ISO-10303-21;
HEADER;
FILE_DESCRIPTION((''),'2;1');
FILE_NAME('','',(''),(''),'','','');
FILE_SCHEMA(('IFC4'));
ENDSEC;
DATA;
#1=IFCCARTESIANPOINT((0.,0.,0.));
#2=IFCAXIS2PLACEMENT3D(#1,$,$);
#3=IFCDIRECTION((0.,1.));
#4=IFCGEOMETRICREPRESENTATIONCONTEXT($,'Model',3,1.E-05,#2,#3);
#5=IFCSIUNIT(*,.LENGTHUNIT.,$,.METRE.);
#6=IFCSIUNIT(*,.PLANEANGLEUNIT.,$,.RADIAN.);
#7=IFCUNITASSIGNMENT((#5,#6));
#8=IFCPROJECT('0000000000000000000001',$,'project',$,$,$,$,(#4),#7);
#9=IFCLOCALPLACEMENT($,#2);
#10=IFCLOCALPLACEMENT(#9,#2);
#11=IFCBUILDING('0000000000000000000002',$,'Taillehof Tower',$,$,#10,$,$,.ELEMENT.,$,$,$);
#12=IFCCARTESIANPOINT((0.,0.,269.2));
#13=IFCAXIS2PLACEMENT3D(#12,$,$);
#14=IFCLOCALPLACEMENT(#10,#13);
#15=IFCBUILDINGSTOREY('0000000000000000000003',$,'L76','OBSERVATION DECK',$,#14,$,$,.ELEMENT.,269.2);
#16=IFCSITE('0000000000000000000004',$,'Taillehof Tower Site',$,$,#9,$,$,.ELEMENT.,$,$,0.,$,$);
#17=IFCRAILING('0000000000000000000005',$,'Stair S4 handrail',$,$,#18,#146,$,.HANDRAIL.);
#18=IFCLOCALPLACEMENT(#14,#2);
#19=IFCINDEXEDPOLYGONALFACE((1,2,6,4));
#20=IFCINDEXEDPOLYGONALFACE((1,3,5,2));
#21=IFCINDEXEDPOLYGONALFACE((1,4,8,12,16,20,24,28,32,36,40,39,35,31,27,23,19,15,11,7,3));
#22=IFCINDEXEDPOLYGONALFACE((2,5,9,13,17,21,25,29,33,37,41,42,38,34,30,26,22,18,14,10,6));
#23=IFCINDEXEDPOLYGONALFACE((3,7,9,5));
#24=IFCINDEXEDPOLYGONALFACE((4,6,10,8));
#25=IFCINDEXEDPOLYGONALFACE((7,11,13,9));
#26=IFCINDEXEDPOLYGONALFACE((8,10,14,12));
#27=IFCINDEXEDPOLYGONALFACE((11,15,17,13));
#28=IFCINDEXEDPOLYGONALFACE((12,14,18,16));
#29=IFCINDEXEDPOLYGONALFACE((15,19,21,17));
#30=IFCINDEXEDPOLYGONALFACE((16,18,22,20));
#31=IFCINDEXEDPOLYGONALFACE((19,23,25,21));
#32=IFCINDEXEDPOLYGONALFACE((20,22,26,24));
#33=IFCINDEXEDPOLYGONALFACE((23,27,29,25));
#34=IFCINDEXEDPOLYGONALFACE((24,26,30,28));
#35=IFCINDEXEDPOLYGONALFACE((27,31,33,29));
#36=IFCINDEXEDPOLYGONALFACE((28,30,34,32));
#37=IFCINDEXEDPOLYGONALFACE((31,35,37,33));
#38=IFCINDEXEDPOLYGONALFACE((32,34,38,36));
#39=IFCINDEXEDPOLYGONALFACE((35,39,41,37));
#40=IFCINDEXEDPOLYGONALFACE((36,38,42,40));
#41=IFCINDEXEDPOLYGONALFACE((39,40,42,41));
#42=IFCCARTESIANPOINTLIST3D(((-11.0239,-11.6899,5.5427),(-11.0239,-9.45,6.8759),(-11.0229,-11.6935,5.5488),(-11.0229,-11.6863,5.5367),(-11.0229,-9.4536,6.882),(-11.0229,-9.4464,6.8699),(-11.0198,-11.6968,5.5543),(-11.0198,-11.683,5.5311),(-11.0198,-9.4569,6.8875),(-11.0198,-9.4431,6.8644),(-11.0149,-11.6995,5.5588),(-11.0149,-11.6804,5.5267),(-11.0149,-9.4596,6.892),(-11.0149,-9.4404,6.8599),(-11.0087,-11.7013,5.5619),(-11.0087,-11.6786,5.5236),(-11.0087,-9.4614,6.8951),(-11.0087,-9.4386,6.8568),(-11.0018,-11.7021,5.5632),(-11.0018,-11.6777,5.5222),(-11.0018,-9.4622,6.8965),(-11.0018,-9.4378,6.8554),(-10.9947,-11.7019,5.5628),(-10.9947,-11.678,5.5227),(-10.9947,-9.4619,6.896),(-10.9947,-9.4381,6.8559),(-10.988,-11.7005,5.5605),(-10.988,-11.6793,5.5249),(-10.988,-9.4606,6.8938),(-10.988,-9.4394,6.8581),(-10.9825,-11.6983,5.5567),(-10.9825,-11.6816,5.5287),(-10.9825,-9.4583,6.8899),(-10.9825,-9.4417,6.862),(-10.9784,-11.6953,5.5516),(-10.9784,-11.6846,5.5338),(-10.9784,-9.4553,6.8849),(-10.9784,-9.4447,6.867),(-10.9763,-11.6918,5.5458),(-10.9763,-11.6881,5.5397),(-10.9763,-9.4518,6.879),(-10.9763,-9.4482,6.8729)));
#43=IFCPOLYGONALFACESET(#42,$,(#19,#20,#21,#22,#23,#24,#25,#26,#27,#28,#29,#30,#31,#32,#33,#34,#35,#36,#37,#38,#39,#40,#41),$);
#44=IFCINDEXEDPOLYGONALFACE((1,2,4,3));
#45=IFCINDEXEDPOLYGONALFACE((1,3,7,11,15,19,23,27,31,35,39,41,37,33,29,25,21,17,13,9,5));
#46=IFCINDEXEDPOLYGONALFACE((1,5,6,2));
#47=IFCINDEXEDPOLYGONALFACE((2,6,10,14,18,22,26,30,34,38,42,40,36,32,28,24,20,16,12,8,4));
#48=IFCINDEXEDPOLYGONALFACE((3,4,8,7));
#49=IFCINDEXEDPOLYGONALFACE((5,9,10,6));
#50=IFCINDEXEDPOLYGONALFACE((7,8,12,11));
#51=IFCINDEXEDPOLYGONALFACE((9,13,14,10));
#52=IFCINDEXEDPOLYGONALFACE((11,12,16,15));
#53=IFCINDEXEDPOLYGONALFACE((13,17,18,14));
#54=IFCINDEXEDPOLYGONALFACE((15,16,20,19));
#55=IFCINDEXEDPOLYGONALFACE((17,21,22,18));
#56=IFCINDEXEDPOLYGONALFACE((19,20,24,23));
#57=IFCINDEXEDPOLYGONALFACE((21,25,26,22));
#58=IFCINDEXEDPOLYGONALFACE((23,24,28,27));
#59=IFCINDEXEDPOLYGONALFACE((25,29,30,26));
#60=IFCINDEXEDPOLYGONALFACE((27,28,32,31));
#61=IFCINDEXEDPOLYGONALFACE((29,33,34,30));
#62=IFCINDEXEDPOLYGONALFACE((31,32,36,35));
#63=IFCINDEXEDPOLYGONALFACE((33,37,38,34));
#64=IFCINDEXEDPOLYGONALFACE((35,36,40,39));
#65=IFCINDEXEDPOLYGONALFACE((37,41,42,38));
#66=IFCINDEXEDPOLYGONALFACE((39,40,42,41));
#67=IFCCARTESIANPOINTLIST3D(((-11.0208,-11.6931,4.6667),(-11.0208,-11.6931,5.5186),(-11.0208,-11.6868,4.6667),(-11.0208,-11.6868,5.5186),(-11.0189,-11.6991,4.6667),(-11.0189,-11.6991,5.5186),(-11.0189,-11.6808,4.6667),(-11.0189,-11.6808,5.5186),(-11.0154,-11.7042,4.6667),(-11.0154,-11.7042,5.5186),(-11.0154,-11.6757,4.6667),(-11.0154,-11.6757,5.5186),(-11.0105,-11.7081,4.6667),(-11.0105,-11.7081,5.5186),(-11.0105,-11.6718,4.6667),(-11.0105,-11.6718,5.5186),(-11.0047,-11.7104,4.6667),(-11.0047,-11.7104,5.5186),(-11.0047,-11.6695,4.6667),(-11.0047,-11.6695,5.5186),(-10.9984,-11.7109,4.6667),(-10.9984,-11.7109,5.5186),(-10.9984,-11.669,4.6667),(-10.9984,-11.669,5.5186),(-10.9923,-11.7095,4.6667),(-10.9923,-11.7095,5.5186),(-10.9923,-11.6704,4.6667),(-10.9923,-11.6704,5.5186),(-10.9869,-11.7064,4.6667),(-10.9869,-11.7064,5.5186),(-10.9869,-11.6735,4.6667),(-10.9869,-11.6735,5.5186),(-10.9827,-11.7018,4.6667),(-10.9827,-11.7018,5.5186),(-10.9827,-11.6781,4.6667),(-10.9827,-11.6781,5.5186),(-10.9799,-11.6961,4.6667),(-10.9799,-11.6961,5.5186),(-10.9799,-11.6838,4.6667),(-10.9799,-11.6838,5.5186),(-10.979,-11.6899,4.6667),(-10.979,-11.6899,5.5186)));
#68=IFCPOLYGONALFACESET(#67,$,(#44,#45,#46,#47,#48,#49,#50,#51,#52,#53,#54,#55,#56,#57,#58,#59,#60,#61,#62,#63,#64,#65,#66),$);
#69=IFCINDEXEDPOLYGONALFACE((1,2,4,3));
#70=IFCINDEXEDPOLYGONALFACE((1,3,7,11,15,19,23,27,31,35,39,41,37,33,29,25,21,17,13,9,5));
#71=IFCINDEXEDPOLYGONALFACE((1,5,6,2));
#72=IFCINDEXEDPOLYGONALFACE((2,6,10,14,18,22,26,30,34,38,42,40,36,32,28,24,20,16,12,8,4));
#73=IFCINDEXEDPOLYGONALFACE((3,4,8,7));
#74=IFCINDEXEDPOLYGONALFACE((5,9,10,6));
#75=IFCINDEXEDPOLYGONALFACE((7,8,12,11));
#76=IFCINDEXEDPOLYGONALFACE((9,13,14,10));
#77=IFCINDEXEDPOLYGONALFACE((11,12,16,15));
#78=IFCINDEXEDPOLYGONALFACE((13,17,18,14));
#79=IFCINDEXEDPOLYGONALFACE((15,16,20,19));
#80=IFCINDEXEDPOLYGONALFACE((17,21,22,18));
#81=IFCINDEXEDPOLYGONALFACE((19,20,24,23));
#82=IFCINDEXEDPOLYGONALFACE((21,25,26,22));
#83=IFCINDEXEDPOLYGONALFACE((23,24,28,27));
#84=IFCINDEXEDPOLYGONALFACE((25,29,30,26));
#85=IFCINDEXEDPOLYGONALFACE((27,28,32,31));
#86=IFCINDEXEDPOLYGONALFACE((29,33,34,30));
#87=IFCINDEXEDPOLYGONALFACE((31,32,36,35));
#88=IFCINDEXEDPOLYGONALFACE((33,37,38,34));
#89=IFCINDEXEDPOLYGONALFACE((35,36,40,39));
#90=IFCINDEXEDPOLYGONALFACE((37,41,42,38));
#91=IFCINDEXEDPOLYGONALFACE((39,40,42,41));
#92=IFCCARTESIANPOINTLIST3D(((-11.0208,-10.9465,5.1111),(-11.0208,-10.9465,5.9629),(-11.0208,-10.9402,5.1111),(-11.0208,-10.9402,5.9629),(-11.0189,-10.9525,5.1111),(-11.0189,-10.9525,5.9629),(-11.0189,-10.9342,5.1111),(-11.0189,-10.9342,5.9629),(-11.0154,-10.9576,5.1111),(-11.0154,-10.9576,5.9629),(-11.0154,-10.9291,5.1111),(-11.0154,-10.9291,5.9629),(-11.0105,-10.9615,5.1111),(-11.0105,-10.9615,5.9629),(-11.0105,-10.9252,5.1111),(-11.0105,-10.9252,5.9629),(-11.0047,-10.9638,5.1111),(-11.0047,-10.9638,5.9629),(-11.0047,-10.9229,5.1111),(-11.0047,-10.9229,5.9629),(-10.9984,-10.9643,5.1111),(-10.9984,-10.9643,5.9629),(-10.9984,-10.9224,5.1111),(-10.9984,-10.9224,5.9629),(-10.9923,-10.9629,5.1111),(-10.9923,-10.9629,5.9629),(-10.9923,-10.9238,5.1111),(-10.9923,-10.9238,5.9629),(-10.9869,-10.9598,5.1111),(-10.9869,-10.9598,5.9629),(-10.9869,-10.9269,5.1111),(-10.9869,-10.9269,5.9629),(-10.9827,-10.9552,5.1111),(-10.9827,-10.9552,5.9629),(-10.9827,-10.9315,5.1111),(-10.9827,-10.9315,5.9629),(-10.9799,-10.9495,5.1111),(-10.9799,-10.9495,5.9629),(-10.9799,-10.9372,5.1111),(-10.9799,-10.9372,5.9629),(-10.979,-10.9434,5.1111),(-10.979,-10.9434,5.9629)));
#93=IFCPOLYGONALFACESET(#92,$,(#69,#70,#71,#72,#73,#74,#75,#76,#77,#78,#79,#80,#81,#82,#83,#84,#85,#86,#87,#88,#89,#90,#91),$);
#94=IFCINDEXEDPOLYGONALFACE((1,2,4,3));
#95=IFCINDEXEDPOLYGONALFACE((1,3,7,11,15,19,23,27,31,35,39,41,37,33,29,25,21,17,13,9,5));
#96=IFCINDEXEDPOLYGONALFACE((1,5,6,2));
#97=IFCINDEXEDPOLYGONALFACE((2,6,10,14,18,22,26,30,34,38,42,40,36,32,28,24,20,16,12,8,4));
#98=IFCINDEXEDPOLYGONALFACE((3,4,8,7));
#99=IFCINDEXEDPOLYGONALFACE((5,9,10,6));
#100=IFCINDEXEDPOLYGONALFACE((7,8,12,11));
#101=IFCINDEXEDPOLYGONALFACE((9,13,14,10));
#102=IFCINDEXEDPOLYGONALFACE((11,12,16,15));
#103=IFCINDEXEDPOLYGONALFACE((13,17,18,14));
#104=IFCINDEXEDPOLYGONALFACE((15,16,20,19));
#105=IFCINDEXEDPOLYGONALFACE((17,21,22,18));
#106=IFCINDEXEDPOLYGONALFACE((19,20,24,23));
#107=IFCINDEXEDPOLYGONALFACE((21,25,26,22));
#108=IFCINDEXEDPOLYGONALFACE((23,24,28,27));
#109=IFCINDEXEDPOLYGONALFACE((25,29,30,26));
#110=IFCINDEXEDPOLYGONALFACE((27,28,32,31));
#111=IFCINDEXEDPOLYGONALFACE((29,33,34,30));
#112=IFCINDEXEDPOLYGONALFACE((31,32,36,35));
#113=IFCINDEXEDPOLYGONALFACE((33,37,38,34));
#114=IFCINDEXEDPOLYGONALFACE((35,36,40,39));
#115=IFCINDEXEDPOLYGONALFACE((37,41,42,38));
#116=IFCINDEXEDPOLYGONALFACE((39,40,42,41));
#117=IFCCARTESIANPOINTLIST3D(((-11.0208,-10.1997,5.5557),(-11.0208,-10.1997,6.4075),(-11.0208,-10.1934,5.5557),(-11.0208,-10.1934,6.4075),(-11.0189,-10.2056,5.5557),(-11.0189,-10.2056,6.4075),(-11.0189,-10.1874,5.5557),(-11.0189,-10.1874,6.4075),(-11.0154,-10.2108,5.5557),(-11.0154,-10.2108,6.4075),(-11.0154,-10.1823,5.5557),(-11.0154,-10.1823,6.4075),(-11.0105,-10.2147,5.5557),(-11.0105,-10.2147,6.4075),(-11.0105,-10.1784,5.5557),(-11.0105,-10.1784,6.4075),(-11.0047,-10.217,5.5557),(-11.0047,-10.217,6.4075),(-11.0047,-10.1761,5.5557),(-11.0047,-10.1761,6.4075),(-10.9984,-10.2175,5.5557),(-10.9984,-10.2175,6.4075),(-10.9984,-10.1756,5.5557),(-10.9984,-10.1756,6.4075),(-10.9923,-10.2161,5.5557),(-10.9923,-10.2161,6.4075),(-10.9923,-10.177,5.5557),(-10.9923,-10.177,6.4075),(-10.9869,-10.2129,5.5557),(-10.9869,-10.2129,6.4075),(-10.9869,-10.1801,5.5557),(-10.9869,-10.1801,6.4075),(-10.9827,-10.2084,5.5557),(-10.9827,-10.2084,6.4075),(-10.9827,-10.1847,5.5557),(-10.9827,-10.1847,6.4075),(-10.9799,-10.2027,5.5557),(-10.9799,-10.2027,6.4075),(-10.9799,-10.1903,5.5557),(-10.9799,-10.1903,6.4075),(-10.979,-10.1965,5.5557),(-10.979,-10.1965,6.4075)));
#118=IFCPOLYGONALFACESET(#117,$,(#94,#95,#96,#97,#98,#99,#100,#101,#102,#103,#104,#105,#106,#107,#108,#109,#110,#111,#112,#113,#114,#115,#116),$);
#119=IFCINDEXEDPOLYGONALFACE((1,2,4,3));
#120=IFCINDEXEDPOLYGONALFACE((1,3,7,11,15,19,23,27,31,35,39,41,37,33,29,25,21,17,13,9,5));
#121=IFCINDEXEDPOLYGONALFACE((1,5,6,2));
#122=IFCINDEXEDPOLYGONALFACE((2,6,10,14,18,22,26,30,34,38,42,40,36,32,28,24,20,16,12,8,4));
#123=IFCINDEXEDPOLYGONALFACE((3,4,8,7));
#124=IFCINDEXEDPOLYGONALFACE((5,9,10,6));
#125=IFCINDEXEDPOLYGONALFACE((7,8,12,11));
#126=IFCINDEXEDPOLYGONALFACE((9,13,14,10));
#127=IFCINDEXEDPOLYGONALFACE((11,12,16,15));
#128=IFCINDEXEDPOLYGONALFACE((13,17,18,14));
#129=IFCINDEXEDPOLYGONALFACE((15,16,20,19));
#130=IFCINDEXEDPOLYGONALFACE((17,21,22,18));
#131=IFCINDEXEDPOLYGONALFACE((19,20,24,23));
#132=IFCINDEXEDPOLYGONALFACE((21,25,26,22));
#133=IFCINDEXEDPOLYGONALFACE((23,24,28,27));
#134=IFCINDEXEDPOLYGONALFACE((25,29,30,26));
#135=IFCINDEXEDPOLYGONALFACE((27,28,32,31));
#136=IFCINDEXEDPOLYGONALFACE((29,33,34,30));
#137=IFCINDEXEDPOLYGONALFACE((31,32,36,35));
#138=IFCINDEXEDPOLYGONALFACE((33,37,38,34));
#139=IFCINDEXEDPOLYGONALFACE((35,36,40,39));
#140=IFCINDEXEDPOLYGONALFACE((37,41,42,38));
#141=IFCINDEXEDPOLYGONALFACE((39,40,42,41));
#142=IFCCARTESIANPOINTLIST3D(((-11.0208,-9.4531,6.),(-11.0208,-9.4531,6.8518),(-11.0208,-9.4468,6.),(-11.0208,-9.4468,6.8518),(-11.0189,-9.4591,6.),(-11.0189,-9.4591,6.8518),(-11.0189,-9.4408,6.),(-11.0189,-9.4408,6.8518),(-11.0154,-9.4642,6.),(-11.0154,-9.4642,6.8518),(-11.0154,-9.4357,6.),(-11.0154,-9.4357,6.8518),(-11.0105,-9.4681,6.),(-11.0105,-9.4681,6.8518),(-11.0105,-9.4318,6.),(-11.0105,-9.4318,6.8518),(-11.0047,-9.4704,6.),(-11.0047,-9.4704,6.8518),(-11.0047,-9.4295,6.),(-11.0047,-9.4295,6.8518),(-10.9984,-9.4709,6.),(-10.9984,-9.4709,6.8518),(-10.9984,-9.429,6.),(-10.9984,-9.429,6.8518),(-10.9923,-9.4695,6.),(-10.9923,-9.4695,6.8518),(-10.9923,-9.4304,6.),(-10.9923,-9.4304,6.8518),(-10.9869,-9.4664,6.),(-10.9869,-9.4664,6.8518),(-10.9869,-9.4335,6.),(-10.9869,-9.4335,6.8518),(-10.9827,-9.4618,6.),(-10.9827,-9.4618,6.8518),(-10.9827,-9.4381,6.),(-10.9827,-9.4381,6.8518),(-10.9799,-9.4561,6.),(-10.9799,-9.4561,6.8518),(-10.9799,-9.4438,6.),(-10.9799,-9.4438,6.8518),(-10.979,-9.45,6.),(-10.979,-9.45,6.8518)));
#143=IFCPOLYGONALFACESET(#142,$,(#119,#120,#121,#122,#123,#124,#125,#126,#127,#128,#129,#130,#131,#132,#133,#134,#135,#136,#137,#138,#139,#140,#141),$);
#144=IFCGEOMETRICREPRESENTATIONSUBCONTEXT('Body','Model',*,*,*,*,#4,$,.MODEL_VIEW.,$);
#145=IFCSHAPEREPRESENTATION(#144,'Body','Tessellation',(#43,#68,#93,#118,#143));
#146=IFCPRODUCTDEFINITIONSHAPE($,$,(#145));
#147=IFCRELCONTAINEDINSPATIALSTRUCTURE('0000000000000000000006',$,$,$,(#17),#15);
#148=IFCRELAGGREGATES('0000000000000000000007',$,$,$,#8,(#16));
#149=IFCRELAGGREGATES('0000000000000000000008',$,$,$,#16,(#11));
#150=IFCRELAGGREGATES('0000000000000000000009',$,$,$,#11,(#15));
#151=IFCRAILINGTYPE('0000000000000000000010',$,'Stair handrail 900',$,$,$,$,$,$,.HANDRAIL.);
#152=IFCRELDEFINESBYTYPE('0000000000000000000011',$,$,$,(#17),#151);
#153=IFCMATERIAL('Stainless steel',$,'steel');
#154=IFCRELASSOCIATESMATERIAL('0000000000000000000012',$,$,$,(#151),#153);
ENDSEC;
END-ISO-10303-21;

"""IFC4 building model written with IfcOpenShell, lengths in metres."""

from ifc_helpers import new_model, si_unit, direction, frame, origin, origin_2d, place, context, subcontext, project, spatial, circle, extrude, material, type_object, element, save


model = new_model("IFC4")

# Units and contexts
model_context = context("Model", 3, precision=1e-05, world=origin(), true_north=direction((0.0, 1.0)))
body_context = subcontext(model_context, "Body", "Model", "MODEL_VIEW")
ifc_project = project(units=[si_unit("LENGTHUNIT", "METRE"), si_unit("PLANEANGLEUNIT", "RADIAN")], contexts=[model_context])

# Site, building, storey
site_placement = place(None, origin())
site = spatial("IfcSite", under=ifc_project, at=site_placement, Name="Taillehof Tower Site", CompositionType="ELEMENT", RefElevation=0.0)
building_placement = place(site_placement, origin())
building = spatial("IfcBuilding", under=site, at=building_placement, Name="Taillehof Tower", CompositionType="ELEMENT")
storey_placement = place(building_placement, frame((0.0, 0.0, 269.2)))
storey = spatial("IfcBuildingStorey", under=building, at=storey_placement, Name="L76", Description="OBSERVATION DECK", CompositionType="ELEMENT", Elevation=269.2)

# Railing
ifc_material_1 = material(Name="Stainless steel", Category="steel")
railing_type_1 = type_object("IfcRailingType", Name="Stair handrail 900", PredefinedType="HANDRAIL", material=ifc_material_1)
railing_1_placement = place(storey_placement, frame((-11.0, -11.6899, 4.6667)))
element("IfcRailing", 1, at=railing_1_placement, inside=storey, type_object=railing_type_1, Name="Stair S4 handrail", PredefinedType="HANDRAIL", context=body_context, shape_type="SweptSolid", body=[
    extrude(circle(Radius=0.0239, at=origin_2d()), frame((0.0, 0.0, 0.876), z_axis=(0.0, 0.859306, 0.511462), x_axis=(-1.0, 0.0, 0.0)), (0.0, 0.0, 1.0), 2.6067),
    extrude(circle(Radius=0.021, at=origin_2d()), origin(), (0.0, 0.0, 1.0), 0.8518),
    extrude(circle(Radius=0.021, at=origin_2d()), frame((0.0, 0.7466, 0.4443)), (0.0, 0.0, 1.0), 0.8518),
    extrude(circle(Radius=0.021, at=origin_2d()), frame((0.0, 1.4934, 0.8889)), (0.0, 0.0, 1.0), 0.8518),
    extrude(circle(Radius=0.021, at=origin_2d()), frame((0.0, 2.24, 1.3333)), (0.0, 0.0, 1.0), 0.8518),
])

save(model, "model.ifc")
